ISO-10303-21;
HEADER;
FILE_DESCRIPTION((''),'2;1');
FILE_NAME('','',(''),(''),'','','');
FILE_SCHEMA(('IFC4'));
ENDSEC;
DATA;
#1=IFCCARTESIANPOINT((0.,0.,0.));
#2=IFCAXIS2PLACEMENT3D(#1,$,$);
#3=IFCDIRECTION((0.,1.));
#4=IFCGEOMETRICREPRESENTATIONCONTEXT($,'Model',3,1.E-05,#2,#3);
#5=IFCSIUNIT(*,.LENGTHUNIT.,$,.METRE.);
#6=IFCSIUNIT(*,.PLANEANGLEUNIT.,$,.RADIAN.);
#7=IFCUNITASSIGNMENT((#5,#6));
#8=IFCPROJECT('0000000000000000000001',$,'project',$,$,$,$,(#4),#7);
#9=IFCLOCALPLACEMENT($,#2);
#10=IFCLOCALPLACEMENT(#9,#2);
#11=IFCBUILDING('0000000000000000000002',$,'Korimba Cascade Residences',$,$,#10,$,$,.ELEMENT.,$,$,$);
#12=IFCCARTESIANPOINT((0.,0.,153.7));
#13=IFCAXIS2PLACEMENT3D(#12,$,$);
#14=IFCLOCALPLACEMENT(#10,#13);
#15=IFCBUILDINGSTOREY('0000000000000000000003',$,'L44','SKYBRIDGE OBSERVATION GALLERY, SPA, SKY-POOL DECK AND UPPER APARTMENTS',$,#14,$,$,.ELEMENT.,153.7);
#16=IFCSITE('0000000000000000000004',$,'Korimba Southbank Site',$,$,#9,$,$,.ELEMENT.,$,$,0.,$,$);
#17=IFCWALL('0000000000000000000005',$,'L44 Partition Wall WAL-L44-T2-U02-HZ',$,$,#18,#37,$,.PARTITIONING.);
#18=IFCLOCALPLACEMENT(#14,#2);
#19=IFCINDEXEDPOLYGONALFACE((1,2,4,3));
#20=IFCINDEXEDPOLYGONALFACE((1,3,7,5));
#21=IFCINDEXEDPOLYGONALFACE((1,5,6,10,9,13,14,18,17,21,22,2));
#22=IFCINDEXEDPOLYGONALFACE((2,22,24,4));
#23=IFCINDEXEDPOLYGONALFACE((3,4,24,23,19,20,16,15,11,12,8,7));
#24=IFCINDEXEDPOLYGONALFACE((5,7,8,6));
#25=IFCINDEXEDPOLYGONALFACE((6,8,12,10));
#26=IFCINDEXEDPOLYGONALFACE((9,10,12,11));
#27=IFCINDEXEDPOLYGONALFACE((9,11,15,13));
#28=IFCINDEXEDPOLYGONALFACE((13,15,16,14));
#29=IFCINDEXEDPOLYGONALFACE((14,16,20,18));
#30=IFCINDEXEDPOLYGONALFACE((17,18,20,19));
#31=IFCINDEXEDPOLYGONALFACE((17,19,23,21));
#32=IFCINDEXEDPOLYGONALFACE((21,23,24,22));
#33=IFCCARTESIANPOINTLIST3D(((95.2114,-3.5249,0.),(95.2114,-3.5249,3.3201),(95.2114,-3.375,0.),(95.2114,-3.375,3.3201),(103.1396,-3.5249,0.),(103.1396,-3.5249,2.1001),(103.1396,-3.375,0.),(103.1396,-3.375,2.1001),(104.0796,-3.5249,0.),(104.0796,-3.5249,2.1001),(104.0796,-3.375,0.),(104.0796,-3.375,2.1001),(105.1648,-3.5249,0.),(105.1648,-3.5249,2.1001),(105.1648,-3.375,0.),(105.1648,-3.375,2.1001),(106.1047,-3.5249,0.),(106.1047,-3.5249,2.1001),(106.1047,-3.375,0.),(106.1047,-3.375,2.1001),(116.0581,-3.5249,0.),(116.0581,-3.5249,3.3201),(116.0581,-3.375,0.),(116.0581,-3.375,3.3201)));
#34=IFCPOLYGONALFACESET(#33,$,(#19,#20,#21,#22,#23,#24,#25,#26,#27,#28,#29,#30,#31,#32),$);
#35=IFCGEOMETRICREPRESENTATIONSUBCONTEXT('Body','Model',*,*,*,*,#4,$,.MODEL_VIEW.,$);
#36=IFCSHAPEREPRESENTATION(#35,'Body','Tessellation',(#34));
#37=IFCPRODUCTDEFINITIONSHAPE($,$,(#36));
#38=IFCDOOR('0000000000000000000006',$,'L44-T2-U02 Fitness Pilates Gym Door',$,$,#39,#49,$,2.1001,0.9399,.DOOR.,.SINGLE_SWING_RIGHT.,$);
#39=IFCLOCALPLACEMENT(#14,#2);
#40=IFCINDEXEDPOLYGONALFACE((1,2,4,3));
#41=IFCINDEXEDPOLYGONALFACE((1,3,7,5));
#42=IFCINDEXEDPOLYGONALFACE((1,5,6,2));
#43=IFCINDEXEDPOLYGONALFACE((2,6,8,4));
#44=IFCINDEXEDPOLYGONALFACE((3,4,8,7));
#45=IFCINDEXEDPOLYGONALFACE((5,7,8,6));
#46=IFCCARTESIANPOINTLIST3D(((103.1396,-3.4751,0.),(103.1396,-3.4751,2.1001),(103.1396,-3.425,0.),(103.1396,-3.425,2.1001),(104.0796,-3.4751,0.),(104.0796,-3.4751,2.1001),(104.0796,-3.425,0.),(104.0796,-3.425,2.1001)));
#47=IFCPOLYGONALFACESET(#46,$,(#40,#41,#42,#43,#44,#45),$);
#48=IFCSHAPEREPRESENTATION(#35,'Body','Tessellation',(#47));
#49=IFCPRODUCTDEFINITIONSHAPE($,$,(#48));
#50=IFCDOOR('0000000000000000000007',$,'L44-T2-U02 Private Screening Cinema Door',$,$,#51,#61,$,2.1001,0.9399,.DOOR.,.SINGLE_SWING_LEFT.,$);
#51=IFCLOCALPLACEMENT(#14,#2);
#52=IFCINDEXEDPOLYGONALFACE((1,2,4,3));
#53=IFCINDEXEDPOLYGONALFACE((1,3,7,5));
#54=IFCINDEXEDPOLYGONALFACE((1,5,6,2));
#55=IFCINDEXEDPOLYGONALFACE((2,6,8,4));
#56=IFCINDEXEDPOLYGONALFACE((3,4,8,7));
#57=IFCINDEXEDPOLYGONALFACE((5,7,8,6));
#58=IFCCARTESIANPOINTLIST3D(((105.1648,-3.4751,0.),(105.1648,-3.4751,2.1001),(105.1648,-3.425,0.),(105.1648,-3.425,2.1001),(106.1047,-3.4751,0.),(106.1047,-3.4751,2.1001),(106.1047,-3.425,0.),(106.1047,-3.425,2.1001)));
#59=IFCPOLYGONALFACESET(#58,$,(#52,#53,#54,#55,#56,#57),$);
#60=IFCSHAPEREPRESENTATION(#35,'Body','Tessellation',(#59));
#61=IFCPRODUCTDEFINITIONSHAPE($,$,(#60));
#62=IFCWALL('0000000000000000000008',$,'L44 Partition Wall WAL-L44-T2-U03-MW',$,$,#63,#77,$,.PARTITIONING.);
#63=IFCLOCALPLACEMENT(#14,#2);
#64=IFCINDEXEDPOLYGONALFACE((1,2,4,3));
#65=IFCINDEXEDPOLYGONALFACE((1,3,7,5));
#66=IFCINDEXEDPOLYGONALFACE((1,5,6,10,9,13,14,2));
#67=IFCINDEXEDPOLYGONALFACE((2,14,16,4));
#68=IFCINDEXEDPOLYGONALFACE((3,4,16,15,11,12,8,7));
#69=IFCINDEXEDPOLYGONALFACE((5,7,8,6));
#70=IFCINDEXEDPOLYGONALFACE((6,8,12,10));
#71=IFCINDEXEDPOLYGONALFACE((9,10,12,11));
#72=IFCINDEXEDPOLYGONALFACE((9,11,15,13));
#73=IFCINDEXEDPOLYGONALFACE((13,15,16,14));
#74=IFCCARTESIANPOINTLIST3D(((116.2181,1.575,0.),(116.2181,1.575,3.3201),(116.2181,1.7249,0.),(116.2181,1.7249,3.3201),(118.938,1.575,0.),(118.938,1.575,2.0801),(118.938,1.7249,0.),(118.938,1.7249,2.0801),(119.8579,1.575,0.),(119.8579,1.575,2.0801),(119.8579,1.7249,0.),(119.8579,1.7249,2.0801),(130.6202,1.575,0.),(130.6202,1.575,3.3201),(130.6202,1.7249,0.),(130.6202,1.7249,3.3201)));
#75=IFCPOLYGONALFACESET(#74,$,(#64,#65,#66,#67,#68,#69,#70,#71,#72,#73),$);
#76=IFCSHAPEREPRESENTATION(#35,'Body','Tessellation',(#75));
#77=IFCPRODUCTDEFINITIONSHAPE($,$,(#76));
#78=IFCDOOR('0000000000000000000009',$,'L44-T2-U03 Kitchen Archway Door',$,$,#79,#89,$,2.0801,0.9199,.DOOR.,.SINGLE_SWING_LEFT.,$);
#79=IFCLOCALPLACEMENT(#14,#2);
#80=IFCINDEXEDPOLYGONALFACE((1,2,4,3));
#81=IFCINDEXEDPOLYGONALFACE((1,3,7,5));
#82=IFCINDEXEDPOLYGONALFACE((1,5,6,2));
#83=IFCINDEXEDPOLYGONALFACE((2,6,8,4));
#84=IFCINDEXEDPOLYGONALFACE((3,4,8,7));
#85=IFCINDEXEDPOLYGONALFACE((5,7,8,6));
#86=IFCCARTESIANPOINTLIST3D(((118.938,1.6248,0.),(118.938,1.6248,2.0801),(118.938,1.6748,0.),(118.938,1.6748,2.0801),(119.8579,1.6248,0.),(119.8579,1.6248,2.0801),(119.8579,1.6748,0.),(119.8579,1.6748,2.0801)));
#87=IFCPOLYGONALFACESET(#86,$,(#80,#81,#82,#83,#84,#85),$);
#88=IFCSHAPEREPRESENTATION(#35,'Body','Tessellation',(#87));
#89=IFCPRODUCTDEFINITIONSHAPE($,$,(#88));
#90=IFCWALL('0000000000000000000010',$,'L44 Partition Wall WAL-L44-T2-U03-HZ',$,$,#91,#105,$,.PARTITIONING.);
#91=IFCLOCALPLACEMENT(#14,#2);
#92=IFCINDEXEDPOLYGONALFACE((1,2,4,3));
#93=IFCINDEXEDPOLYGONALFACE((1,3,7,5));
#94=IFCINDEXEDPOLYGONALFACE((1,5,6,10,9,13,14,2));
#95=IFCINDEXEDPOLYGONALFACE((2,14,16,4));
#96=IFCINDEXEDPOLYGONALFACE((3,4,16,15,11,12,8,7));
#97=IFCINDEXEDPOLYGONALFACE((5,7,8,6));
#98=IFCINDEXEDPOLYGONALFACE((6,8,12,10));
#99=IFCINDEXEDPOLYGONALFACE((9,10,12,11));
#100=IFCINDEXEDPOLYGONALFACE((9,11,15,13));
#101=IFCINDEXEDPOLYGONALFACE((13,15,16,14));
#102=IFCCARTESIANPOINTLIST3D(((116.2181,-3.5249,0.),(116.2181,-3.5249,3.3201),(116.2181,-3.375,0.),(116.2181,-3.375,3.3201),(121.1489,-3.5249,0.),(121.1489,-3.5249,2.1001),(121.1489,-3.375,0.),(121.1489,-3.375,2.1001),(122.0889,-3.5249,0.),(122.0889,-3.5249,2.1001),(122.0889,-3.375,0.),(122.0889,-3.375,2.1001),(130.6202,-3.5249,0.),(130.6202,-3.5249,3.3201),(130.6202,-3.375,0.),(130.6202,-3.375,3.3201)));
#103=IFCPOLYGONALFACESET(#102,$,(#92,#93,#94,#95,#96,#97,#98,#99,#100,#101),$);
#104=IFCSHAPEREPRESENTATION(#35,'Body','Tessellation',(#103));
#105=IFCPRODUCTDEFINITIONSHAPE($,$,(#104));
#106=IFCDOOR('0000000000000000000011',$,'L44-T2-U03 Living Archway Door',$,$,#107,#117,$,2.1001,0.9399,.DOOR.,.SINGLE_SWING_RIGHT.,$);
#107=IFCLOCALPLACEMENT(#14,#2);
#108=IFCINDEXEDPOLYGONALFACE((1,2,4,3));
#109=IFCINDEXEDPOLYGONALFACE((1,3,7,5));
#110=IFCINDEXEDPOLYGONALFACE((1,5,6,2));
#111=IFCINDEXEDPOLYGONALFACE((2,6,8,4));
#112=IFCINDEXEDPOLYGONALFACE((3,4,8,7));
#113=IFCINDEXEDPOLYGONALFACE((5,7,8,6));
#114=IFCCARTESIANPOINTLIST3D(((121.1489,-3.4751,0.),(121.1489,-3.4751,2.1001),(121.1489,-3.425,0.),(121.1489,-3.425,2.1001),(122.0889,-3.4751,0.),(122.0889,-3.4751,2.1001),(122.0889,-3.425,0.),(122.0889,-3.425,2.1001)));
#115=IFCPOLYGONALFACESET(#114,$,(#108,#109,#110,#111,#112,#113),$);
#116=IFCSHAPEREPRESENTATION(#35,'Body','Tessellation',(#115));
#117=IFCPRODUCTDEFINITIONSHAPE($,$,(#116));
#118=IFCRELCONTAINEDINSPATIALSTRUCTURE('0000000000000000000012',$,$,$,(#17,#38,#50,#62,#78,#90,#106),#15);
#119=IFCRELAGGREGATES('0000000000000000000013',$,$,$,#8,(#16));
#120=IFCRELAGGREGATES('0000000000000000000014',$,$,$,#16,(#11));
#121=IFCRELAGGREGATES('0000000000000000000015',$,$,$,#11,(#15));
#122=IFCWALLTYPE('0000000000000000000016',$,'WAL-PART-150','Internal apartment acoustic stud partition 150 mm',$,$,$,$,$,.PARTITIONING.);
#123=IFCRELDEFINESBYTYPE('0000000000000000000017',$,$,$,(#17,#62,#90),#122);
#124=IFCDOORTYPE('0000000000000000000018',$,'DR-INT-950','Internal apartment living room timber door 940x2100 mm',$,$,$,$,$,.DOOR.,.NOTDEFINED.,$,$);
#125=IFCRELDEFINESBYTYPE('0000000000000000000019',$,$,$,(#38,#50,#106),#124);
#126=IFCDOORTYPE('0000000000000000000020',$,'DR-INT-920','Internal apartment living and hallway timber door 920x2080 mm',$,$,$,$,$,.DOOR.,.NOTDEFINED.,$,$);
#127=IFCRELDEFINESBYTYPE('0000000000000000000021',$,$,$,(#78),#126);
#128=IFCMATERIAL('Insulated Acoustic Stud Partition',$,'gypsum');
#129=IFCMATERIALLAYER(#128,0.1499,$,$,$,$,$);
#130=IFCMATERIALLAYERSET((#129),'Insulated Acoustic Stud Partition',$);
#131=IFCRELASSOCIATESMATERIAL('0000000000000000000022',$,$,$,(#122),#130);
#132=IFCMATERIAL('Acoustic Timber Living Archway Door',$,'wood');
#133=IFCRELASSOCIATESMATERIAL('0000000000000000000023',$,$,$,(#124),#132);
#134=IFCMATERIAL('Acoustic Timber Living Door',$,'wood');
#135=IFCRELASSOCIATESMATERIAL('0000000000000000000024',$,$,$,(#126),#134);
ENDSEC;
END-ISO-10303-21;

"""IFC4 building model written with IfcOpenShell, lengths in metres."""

from ifc_helpers import new_model, si_unit, direction, frame, frame_2d, origin, place, context, subcontext, project, spatial, rectangle, extrude, material, layer, layer_set, type_object, element, fill, save


model = new_model("IFC4")

# Units and contexts
model_context = context("Model", 3, precision=1e-05, world=origin(), true_north=direction((0.0, 1.0)))
body_context = subcontext(model_context, "Body", "Model", "MODEL_VIEW")
ifc_project = project(units=[si_unit("LENGTHUNIT", "METRE"), si_unit("PLANEANGLEUNIT", "RADIAN")], contexts=[model_context])

# Site, building, storey
site_placement = place(None, origin())
site = spatial("IfcSite", under=ifc_project, at=site_placement, Name="Korimba Southbank Site", CompositionType="ELEMENT", RefElevation=0.0)
building_placement = place(site_placement, origin())
building = spatial("IfcBuilding", under=site, at=building_placement, Name="Korimba Cascade Residences", CompositionType="ELEMENT")
storey_placement = place(building_placement, frame((0.0, 0.0, 153.7)))
storey = spatial("IfcBuildingStorey", under=building, at=storey_placement, Name="L44", Description="SKYBRIDGE OBSERVATION GALLERY, SPA, SKY-POOL DECK AND UPPER APARTMENTS", CompositionType="ELEMENT", Elevation=153.7)

# Shared definitions
ifc_material_1 = material(Name="Insulated Acoustic Stud Partition", Category="gypsum")
ifc_layer = layer(ifc_material_1, 0.1499)
ifc_layer_set = layer_set([ifc_layer], Name="Insulated Acoustic Stud Partition")
wall_type = type_object("IfcWallType", Name="WAL-PART-150", Description="Internal apartment acoustic stud partition 150 mm", PredefinedType="PARTITIONING", material=ifc_layer_set)

# Wall, openings, doors
wall_1_placement = place(storey_placement, frame((95.2114, -3.45, 0.0), z_axis=(0.0, 0.0, 1.0), x_axis=(1.0, 0.0, 0.0)))
wall_1 = element("IfcWall", 1, at=wall_1_placement, inside=storey, type_object=wall_type, Name="L44 Partition Wall WAL-L44-T2-U02-HZ", PredefinedType="PARTITIONING", context=body_context, shape_type="SweptSolid", body=[
    extrude(rectangle(XDim=20.8467, YDim=0.1499, at=frame_2d((10.4233, 0.0))), origin(), (0.0, 0.0, 1.0), 3.3201),
])
opening_1_placement = place(wall_1_placement, frame((7.9282, 0.0, 0.0)))
opening_1 = element("IfcOpeningElement", 2, at=opening_1_placement, cuts=wall_1, PredefinedType="OPENING", context=body_context, shape_type="SweptSolid", body=[
    extrude(rectangle(XDim=0.9399, YDim=2.1001, at=frame_2d((0.47, 1.05))), frame((0.0, 0.085, 0.0), z_axis=(0.0, -1.0, 0.0), x_axis=(1.0, 0.0, 0.0)), (0.0, 0.0, 1.0), 0.1699),
])
opening_2_placement = place(wall_1_placement, frame((9.9534, 0.0, 0.0)))
opening_2 = element("IfcOpeningElement", 3, at=opening_2_placement, cuts=wall_1, PredefinedType="OPENING", context=body_context, shape_type="SweptSolid", body=[
    extrude(rectangle(XDim=0.9399, YDim=2.1001, at=frame_2d((0.47, 1.05))), frame((0.0, 0.085, 0.0), z_axis=(0.0, -1.0, 0.0), x_axis=(1.0, 0.0, 0.0)), (0.0, 0.0, 1.0), 0.1699),
])
ifc_material_2 = material(Name="Acoustic Timber Living Archway Door", Category="wood")
door_type_1 = type_object("IfcDoorType", Name="DR-INT-950", Description="Internal apartment living room timber door 940x2100 mm", OperationType="NOTDEFINED", PredefinedType="DOOR", material=ifc_material_2)
door_1_placement = place(opening_1_placement, origin())
door_1 = element("IfcDoor", 4, at=door_1_placement, inside=storey, type_object=door_type_1, Name="L44-T2-U02 Fitness Pilates Gym Door", OperationType="SINGLE_SWING_RIGHT", OverallHeight=2.1001, OverallWidth=0.9399, PredefinedType="DOOR", context=body_context, shape_type="SweptSolid", body=[
    extrude(rectangle(XDim=0.9399, YDim=2.1001, at=frame_2d((0.47, 1.05))), frame((0.0, 0.0249, 0.0), z_axis=(0.0, -1.0, 0.0), x_axis=(1.0, 0.0, 0.0)), (0.0, 0.0, 1.0), 0.05),
])
fill(opening_1, door_1)
door_2_placement = place(opening_2_placement, origin())
door_2 = element("IfcDoor", 5, at=door_2_placement, inside=storey, type_object=door_type_1, Name="L44-T2-U02 Private Screening Cinema Door", OperationType="SINGLE_SWING_LEFT", OverallHeight=2.1001, OverallWidth=0.9399, PredefinedType="DOOR", context=body_context, shape_type="SweptSolid", body=[
    extrude(rectangle(XDim=0.9399, YDim=2.1001, at=frame_2d((0.47, 1.05))), frame((0.0, 0.0249, 0.0), z_axis=(0.0, -1.0, 0.0), x_axis=(1.0, 0.0, 0.0)), (0.0, 0.0, 1.0), 0.05),
])
fill(opening_2, door_2)

# Walls, openings, doors
wall_2_placement = place(storey_placement, frame((116.218, 1.6499, 0.0), z_axis=(0.0, 0.0, 1.0), x_axis=(1.0, 0.0, 0.0)))
wall_2 = element("IfcWall", 6, at=wall_2_placement, inside=storey, type_object=wall_type, Name="L44 Partition Wall WAL-L44-T2-U03-MW", PredefinedType="PARTITIONING", context=body_context, shape_type="SweptSolid", body=[
    extrude(rectangle(XDim=14.4021, YDim=0.1499, at=frame_2d((7.2012, 0.0))), origin(), (0.0, 0.0, 1.0), 3.3201),
])
opening_3_placement = place(wall_2_placement, frame((2.72, 0.0, 0.0)))
opening_3 = element("IfcOpeningElement", 7, at=opening_3_placement, cuts=wall_2, PredefinedType="OPENING", context=body_context, shape_type="SweptSolid", body=[
    extrude(rectangle(XDim=0.9199, YDim=2.0801, at=frame_2d((0.46, 1.04))), frame((0.0, 0.085, 0.0), z_axis=(0.0, -1.0, 0.0), x_axis=(1.0, 0.0, 0.0)), (0.0, 0.0, 1.0), 0.1699),
])
ifc_material_3 = material(Name="Acoustic Timber Living Door", Category="wood")
door_type_2 = type_object("IfcDoorType", Name="DR-INT-920", Description="Internal apartment living and hallway timber door 920x2080 mm", OperationType="NOTDEFINED", PredefinedType="DOOR", material=ifc_material_3)
door_3_placement = place(opening_3_placement, origin())
door_3 = element("IfcDoor", 8, at=door_3_placement, inside=storey, type_object=door_type_2, Name="L44-T2-U03 Kitchen Archway Door", OperationType="SINGLE_SWING_LEFT", OverallHeight=2.0801, OverallWidth=0.9199, PredefinedType="DOOR", context=body_context, shape_type="SweptSolid", body=[
    extrude(rectangle(XDim=0.9199, YDim=2.0801, at=frame_2d((0.46, 1.04))), frame((0.0, 0.0249, 0.0), z_axis=(0.0, -1.0, 0.0), x_axis=(1.0, 0.0, 0.0)), (0.0, 0.0, 1.0), 0.05),
])
fill(opening_3, door_3)
wall_3_placement = place(storey_placement, frame((116.218, -3.45, 0.0), z_axis=(0.0, 0.0, 1.0), x_axis=(1.0, 0.0, 0.0)))
wall_3 = element("IfcWall", 9, at=wall_3_placement, inside=storey, type_object=wall_type, Name="L44 Partition Wall WAL-L44-T2-U03-HZ", PredefinedType="PARTITIONING", context=body_context, shape_type="SweptSolid", body=[
    extrude(rectangle(XDim=14.4021, YDim=0.1499, at=frame_2d((7.2012, 0.0))), origin(), (0.0, 0.0, 1.0), 3.3201),
])
opening_4_placement = place(wall_3_placement, frame((4.9309, 0.0, 0.0)))
opening_4 = element("IfcOpeningElement", 10, at=opening_4_placement, cuts=wall_3, PredefinedType="OPENING", context=body_context, shape_type="SweptSolid", body=[
    extrude(rectangle(XDim=0.9399, YDim=2.1001, at=frame_2d((0.47, 1.05))), frame((0.0, 0.085, 0.0), z_axis=(0.0, -1.0, 0.0), x_axis=(1.0, 0.0, 0.0)), (0.0, 0.0, 1.0), 0.1699),
])
door_4_placement = place(opening_4_placement, origin())
door_4 = element("IfcDoor", 11, at=door_4_placement, inside=storey, type_object=door_type_1, Name="L44-T2-U03 Living Archway Door", OperationType="SINGLE_SWING_RIGHT", OverallHeight=2.1001, OverallWidth=0.9399, PredefinedType="DOOR", context=body_context, shape_type="SweptSolid", body=[
    extrude(rectangle(XDim=0.9399, YDim=2.1001, at=frame_2d((0.47, 1.05))), frame((0.0, 0.0249, 0.0), z_axis=(0.0, -1.0, 0.0), x_axis=(1.0, 0.0, 0.0)), (0.0, 0.0, 1.0), 0.05),
])
fill(opening_4, door_4)

save(model, "model.ifc")
